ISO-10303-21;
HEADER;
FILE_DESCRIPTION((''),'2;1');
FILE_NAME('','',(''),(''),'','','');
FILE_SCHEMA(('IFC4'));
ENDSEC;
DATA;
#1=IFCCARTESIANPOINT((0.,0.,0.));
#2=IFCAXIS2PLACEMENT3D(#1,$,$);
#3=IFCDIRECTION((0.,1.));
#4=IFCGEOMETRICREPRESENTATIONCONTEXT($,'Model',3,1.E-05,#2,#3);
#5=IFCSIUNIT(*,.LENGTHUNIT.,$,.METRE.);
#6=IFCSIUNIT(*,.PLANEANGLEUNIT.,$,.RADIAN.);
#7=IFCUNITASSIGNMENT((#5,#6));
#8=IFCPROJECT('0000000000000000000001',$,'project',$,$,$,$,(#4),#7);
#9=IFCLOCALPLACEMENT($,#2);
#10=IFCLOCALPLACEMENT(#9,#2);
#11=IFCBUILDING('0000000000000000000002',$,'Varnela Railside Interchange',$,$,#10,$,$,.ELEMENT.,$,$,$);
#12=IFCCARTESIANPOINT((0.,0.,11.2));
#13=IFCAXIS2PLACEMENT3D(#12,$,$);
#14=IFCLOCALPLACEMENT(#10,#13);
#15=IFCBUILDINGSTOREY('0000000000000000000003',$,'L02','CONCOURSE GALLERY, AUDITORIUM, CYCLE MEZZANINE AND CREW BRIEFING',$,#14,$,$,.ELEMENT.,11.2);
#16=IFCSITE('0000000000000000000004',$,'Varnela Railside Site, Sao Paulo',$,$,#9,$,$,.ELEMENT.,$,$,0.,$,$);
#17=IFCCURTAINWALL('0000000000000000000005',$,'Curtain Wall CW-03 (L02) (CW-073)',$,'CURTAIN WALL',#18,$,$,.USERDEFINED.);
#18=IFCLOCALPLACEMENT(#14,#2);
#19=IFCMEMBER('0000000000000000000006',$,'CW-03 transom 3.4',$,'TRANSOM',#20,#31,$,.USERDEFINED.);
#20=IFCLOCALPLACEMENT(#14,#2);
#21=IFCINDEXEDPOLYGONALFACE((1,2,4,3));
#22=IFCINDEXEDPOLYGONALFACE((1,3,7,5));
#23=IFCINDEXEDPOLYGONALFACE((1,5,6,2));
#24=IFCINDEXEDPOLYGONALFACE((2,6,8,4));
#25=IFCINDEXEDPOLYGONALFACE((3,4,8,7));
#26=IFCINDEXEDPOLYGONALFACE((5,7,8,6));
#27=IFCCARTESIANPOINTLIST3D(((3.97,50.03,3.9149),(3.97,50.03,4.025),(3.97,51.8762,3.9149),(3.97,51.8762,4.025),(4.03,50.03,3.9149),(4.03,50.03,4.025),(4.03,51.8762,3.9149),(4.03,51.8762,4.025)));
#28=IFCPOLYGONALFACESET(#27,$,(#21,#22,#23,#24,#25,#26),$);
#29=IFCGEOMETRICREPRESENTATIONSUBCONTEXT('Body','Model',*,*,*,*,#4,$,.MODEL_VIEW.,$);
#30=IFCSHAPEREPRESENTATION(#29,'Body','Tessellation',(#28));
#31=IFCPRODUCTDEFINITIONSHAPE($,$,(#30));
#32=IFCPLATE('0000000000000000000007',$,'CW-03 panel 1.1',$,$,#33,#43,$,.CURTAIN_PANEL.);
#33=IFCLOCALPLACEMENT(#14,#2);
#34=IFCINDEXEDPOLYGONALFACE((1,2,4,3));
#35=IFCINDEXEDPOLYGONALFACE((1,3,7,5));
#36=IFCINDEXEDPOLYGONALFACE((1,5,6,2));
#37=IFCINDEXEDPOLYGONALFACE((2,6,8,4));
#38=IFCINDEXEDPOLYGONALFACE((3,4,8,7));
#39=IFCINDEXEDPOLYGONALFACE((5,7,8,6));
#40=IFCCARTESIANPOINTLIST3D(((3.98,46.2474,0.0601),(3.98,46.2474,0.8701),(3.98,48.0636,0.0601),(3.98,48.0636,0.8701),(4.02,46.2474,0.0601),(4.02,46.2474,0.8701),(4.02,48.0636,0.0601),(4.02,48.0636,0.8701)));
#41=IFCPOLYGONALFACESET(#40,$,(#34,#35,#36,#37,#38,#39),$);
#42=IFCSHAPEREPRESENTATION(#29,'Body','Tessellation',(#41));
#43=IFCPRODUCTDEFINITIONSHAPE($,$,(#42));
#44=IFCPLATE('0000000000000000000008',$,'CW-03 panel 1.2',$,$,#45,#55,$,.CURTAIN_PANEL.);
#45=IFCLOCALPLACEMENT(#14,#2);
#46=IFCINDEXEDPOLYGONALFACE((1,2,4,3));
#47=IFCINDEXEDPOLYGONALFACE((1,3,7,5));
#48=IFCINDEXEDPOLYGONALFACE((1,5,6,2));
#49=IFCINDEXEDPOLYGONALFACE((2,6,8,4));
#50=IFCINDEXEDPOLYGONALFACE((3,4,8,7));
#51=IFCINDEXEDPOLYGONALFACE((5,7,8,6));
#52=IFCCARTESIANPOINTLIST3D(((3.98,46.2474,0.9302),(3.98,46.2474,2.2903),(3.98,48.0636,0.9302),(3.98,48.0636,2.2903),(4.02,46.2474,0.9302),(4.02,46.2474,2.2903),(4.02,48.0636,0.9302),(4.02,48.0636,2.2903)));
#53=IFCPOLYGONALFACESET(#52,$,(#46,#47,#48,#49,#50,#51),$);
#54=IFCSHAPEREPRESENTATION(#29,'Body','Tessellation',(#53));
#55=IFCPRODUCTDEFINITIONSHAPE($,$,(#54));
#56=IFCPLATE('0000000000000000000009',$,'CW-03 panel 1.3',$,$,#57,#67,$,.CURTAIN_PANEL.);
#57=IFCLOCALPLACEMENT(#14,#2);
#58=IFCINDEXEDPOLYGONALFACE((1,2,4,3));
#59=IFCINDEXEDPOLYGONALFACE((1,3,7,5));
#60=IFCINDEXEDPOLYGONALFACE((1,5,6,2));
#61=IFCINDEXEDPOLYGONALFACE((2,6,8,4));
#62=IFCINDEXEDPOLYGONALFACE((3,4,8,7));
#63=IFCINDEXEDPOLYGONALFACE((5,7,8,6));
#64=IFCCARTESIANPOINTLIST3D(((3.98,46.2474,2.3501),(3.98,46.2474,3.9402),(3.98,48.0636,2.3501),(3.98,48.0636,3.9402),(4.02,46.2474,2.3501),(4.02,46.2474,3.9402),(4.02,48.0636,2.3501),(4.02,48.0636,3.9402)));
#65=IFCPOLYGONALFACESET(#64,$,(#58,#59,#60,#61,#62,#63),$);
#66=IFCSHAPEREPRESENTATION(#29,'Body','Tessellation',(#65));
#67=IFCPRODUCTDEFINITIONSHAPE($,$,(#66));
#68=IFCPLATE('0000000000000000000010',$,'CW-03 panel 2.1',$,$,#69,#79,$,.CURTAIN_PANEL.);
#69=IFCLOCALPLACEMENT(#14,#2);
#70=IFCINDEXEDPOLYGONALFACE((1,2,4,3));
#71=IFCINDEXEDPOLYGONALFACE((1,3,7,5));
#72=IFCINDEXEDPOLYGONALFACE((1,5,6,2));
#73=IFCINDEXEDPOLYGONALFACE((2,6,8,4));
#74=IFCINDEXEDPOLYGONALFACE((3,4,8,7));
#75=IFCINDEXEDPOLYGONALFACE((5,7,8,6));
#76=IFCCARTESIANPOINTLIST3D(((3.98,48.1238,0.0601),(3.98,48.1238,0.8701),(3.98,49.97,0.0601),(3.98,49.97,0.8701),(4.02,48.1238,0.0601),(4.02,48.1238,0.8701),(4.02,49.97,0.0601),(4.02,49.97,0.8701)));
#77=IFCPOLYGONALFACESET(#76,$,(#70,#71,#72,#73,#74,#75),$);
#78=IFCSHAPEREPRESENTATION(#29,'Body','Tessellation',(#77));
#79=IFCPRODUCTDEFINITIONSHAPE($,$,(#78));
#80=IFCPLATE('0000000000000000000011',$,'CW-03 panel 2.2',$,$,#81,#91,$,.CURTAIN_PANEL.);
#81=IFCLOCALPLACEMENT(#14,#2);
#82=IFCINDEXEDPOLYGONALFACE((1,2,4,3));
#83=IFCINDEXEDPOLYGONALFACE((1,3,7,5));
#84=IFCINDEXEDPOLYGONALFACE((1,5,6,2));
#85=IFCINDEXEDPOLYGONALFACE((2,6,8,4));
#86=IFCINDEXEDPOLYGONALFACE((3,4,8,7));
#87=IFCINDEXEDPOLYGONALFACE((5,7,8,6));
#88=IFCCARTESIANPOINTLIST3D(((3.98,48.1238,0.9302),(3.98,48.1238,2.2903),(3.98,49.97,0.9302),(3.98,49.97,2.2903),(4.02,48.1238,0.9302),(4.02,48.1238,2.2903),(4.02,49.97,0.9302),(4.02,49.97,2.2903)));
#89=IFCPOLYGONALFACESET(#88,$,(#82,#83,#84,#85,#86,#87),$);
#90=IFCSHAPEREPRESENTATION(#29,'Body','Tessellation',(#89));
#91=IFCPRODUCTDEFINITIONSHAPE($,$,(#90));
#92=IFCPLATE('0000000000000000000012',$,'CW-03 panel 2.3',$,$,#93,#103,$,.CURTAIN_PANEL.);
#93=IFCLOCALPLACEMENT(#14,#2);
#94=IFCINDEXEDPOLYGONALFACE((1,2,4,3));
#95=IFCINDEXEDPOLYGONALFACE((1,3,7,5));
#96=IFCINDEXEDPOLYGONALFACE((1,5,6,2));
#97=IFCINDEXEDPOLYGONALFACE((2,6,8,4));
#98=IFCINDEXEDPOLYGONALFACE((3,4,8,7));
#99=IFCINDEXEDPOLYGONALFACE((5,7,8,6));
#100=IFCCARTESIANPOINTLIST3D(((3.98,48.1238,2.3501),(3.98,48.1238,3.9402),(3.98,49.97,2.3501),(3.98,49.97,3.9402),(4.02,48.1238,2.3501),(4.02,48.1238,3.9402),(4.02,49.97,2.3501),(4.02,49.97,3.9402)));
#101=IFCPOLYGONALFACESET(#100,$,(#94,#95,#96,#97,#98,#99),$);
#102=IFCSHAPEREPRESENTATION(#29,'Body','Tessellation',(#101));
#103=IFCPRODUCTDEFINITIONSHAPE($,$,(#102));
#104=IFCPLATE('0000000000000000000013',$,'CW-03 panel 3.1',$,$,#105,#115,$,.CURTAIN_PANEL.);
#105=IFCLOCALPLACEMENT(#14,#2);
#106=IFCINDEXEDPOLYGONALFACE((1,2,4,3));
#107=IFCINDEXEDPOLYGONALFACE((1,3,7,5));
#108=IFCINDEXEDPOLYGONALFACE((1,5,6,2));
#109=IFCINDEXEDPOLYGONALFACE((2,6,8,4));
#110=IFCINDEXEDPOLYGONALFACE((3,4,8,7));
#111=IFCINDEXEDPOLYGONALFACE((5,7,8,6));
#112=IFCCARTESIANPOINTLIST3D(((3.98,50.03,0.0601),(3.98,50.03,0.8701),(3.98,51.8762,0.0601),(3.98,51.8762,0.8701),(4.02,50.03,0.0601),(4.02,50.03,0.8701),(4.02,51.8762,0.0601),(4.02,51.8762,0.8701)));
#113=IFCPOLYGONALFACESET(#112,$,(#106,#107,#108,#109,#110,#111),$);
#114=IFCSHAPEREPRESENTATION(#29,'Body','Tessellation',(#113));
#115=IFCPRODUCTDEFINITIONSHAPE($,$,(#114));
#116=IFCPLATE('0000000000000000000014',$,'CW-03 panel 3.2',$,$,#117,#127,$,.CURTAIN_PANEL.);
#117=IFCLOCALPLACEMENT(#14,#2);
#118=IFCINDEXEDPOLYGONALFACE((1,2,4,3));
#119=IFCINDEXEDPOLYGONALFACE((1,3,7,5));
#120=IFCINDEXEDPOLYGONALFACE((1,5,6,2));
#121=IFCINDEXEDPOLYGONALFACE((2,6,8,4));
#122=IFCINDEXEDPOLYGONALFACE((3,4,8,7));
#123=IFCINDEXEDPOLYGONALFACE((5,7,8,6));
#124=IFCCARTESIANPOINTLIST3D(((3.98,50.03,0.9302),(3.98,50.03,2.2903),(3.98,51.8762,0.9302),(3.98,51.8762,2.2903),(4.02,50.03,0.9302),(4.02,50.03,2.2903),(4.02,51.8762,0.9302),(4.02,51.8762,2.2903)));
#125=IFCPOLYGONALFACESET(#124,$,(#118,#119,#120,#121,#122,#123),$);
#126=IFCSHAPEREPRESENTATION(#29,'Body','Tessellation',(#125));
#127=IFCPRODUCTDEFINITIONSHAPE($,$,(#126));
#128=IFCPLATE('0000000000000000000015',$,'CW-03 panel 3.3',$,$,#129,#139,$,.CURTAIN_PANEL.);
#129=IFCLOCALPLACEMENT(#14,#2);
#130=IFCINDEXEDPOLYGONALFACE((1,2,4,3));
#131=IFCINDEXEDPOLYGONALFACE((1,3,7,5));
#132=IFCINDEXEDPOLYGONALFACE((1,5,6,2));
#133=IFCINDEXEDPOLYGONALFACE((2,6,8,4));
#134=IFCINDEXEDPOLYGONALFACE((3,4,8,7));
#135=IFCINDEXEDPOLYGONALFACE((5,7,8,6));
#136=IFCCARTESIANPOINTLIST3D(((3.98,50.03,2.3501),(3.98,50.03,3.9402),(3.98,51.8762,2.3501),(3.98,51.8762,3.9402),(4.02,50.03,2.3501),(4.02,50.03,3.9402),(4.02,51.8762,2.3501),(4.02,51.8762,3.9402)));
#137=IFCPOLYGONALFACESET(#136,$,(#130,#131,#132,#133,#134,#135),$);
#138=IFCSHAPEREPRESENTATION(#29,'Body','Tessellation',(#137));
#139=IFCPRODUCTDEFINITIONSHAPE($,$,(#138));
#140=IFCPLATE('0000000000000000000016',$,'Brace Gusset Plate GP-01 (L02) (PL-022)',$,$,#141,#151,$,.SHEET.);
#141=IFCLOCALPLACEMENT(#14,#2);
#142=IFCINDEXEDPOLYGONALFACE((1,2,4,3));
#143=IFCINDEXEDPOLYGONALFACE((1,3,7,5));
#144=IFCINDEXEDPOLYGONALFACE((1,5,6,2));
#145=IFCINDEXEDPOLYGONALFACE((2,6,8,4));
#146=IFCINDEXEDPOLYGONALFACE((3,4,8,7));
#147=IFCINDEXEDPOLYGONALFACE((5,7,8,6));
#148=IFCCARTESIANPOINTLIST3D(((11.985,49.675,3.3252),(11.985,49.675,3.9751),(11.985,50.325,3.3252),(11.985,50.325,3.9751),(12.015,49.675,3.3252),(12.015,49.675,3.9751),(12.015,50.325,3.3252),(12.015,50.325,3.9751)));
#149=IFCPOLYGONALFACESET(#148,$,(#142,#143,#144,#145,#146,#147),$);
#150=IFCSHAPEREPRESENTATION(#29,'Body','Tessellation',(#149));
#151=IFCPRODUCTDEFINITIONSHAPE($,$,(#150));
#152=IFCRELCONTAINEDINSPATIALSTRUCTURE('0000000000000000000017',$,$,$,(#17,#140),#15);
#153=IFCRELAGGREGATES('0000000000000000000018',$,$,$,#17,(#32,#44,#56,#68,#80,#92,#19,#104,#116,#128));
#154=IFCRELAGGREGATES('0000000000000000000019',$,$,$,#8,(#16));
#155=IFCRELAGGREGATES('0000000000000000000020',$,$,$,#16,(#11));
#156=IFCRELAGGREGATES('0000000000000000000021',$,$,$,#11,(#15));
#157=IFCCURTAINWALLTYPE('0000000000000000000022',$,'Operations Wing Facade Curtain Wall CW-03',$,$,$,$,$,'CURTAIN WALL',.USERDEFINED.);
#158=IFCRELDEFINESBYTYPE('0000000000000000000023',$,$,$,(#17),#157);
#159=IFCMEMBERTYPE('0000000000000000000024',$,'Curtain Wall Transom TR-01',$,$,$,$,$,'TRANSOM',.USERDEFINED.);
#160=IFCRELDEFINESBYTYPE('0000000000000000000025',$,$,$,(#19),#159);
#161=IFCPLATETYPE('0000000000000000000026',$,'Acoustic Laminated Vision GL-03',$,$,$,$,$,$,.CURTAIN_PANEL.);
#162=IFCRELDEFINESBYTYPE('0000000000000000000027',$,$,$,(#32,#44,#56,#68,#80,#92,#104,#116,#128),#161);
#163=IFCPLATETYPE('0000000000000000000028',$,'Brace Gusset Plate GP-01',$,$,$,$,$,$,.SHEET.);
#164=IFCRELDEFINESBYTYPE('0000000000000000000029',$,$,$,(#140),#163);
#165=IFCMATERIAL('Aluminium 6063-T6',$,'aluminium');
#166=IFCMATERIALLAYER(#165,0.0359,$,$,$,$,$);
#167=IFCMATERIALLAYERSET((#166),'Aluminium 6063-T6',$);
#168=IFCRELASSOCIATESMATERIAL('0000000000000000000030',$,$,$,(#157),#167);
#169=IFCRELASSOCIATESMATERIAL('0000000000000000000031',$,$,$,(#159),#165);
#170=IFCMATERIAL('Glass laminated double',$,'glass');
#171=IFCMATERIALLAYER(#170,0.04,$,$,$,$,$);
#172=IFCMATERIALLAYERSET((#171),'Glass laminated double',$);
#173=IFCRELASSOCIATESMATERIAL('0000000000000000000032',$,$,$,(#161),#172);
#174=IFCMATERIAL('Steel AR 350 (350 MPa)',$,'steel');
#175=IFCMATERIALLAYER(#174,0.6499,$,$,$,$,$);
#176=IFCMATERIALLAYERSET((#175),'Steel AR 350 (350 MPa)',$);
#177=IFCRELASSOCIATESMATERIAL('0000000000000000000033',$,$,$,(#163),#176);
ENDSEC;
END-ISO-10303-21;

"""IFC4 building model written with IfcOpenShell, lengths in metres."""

from ifc_helpers import new_model, si_unit, direction, frame, origin, origin_2d, place, context, subcontext, project, spatial, rectangle, extrude, material, layer, layer_set, material_profile, profile_set, type_object, element, aggregate, save


model = new_model("IFC4")

# Units and contexts
model_context = context("Model", 3, precision=1e-05, world=origin(), true_north=direction((0.0, 1.0)))
body_context = subcontext(model_context, "Body", "Model", "MODEL_VIEW")
ifc_project = project(units=[si_unit("LENGTHUNIT", "METRE"), si_unit("PLANEANGLEUNIT", "RADIAN")], contexts=[model_context])

# Site, building, storey
site_placement = place(None, origin())
site = spatial("IfcSite", under=ifc_project, at=site_placement, Name="Varnela Railside Site, Sao Paulo", CompositionType="ELEMENT", RefElevation=0.0)
building_placement = place(site_placement, origin())
building = spatial("IfcBuilding", under=site, at=building_placement, Name="Varnela Railside Interchange", CompositionType="ELEMENT")
storey_placement = place(building_placement, frame((0.0, 0.0, 11.2)))
storey = spatial("IfcBuildingStorey", under=building, at=storey_placement, Name="L02", Description="CONCOURSE GALLERY, AUDITORIUM, CYCLE MEZZANINE AND CREW BRIEFING", CompositionType="ELEMENT", Elevation=11.2)

# Curtain wall, member, plates
ifc_material_1 = material(Name="Aluminium 6063-T6", Category="aluminium")
ifc_layer_1 = layer(ifc_material_1, 0.0359)
ifc_layer_set_1 = layer_set([ifc_layer_1], Name="Aluminium 6063-T6")
curtain_wall_type = type_object("IfcCurtainWallType", Name="Operations Wing Facade Curtain Wall CW-03", ElementType="CURTAIN WALL", PredefinedType="USERDEFINED", material=ifc_layer_set_1)
curtain_wall_placement = place(storey_placement, origin())
curtain_wall = element("IfcCurtainWall", 1, at=curtain_wall_placement, inside=storey, type_object=curtain_wall_type, Name="Curtain Wall CW-03 (L02) (CW-073)", ObjectType="CURTAIN WALL", PredefinedType="USERDEFINED")
ifc_material_profile_1 = material_profile(ifc_material_1, rectangle(XDim=0.0601, YDim=0.1101, at=origin_2d()), Name="ALU 60x110")
ifc_profile_set_1 = profile_set([ifc_material_profile_1], Name="Aluminium 6063-T6")
member_type_1 = type_object("IfcMemberType", Name="Curtain Wall Transom TR-01", ElementType="TRANSOM", PredefinedType="USERDEFINED", material=ifc_profile_set_1)
member_1_placement = place(storey_placement, frame((4.0, 50.03, 3.97), z_axis=(0.0, 1.0, 0.0), x_axis=(-1.0, 0.0, 0.0)))
member_1 = element("IfcMember", 2, at=member_1_placement, type_object=member_type_1, Name="CW-03 transom 3.4", ObjectType="TRANSOM", PredefinedType="USERDEFINED", context=body_context, shape_type="SweptSolid", body=[
    extrude(rectangle(XDim=0.0601, YDim=0.1101, at=origin_2d()), origin(), (0.0, 0.0, 1.0), 1.8462),
])
ifc_material_2 = material(Name="Glass laminated double", Category="glass")
ifc_layer_2 = layer(ifc_material_2, 0.04)
ifc_layer_set_2 = layer_set([ifc_layer_2], Name="Glass laminated double")
plate_type_1 = type_object("IfcPlateType", Name="Acoustic Laminated Vision GL-03", PredefinedType="CURTAIN_PANEL", material=ifc_layer_set_2)
plate_1_placement = place(storey_placement, frame((4.0, 47.1555, 0.0601), z_axis=(0.0, 0.0, 1.0), x_axis=(0.0, 1.0, 0.0)))
plate_1 = element("IfcPlate", 3, at=plate_1_placement, type_object=plate_type_1, Name="CW-03 panel 1.1", PredefinedType="CURTAIN_PANEL", context=body_context, shape_type="SweptSolid", body=[
    extrude(rectangle(XDim=1.8162, YDim=0.04, at=origin_2d()), origin(), (0.0, 0.0, 1.0), 0.8101),
])
plate_2_placement = place(storey_placement, frame((4.0, 47.1555, 0.9302), z_axis=(0.0, 0.0, 1.0), x_axis=(0.0, 1.0, 0.0)))
plate_2 = element("IfcPlate", 4, at=plate_2_placement, type_object=plate_type_1, Name="CW-03 panel 1.2", PredefinedType="CURTAIN_PANEL", context=body_context, shape_type="SweptSolid", body=[
    extrude(rectangle(XDim=1.8162, YDim=0.04, at=origin_2d()), origin(), (0.0, 0.0, 1.0), 1.3601),
])
plate_3_placement = place(storey_placement, frame((4.0, 47.1555, 2.3501), z_axis=(0.0, 0.0, 1.0), x_axis=(0.0, 1.0, 0.0)))
plate_3 = element("IfcPlate", 5, at=plate_3_placement, type_object=plate_type_1, Name="CW-03 panel 1.3", PredefinedType="CURTAIN_PANEL", context=body_context, shape_type="SweptSolid", body=[
    extrude(rectangle(XDim=1.8162, YDim=0.04, at=origin_2d()), origin(), (0.0, 0.0, 1.0), 1.5901),
])
plate_4_placement = place(storey_placement, frame((4.0, 49.0469, 0.0601), z_axis=(0.0, 0.0, 1.0), x_axis=(0.0, 1.0, 0.0)))
plate_4 = element("IfcPlate", 6, at=plate_4_placement, type_object=plate_type_1, Name="CW-03 panel 2.1", PredefinedType="CURTAIN_PANEL", context=body_context, shape_type="SweptSolid", body=[
    extrude(rectangle(XDim=1.8462, YDim=0.04, at=origin_2d()), origin(), (0.0, 0.0, 1.0), 0.8101),
])
plate_5_placement = place(storey_placement, frame((4.0, 49.0469, 0.9302), z_axis=(0.0, 0.0, 1.0), x_axis=(0.0, 1.0, 0.0)))
plate_5 = element("IfcPlate", 7, at=plate_5_placement, type_object=plate_type_1, Name="CW-03 panel 2.2", PredefinedType="CURTAIN_PANEL", context=body_context, shape_type="SweptSolid", body=[
    extrude(rectangle(XDim=1.8462, YDim=0.04, at=origin_2d()), origin(), (0.0, 0.0, 1.0), 1.3601),
])
plate_6_placement = place(storey_placement, frame((4.0, 49.0469, 2.3501), z_axis=(0.0, 0.0, 1.0), x_axis=(0.0, 1.0, 0.0)))
plate_6 = element("IfcPlate", 8, at=plate_6_placement, type_object=plate_type_1, Name="CW-03 panel 2.3", PredefinedType="CURTAIN_PANEL", context=body_context, shape_type="SweptSolid", body=[
    extrude(rectangle(XDim=1.8462, YDim=0.04, at=origin_2d()), origin(), (0.0, 0.0, 1.0), 1.5901),
])
plate_7_placement = place(storey_placement, frame((4.0, 50.9531, 0.0601), z_axis=(0.0, 0.0, 1.0), x_axis=(0.0, 1.0, 0.0)))
plate_7 = element("IfcPlate", 9, at=plate_7_placement, type_object=plate_type_1, Name="CW-03 panel 3.1", PredefinedType="CURTAIN_PANEL", context=body_context, shape_type="SweptSolid", body=[
    extrude(rectangle(XDim=1.8462, YDim=0.04, at=origin_2d()), origin(), (0.0, 0.0, 1.0), 0.8101),
])
plate_8_placement = place(storey_placement, frame((4.0, 50.9531, 0.9302), z_axis=(0.0, 0.0, 1.0), x_axis=(0.0, 1.0, 0.0)))
plate_8 = element("IfcPlate", 10, at=plate_8_placement, type_object=plate_type_1, Name="CW-03 panel 3.2", PredefinedType="CURTAIN_PANEL", context=body_context, shape_type="SweptSolid", body=[
    extrude(rectangle(XDim=1.8462, YDim=0.04, at=origin_2d()), origin(), (0.0, 0.0, 1.0), 1.3601),
])
plate_9_placement = place(storey_placement, frame((4.0, 50.9531, 2.3501), z_axis=(0.0, 0.0, 1.0), x_axis=(0.0, 1.0, 0.0)))
plate_9 = element("IfcPlate", 11, at=plate_9_placement, type_object=plate_type_1, Name="CW-03 panel 3.3", PredefinedType="CURTAIN_PANEL", context=body_context, shape_type="SweptSolid", body=[
    extrude(rectangle(XDim=1.8462, YDim=0.04, at=origin_2d()), origin(), (0.0, 0.0, 1.0), 1.5901),
])
aggregate(curtain_wall, [plate_1, plate_2, plate_3, plate_4, plate_5, plate_6, member_1, plate_7, plate_8, plate_9])

# Plate
ifc_material_3 = material(Name="Steel AR 350 (350 MPa)", Category="steel")
ifc_layer_3 = layer(ifc_material_3, 0.6499)
ifc_layer_set_3 = layer_set([ifc_layer_3], Name="Steel AR 350 (350 MPa)")
plate_type_2 = type_object("IfcPlateType", Name="Brace Gusset Plate GP-01", PredefinedType="SHEET", material=ifc_layer_set_3)
plate_10_placement = place(storey_placement, frame((12.0, 50.0, 3.3252), z_axis=(0.0, 0.0, 1.0), x_axis=(0.0, 1.0, 0.0)))
element("IfcPlate", 12, at=plate_10_placement, inside=storey, type_object=plate_type_2, Name="Brace Gusset Plate GP-01 (L02) (PL-022)", PredefinedType="SHEET", context=body_context, shape_type="SweptSolid", body=[
    extrude(rectangle(XDim=0.6499, YDim=0.03, at=origin_2d()), origin(), (0.0, 0.0, 1.0), 0.6499),
])

save(model, "model.ifc")
